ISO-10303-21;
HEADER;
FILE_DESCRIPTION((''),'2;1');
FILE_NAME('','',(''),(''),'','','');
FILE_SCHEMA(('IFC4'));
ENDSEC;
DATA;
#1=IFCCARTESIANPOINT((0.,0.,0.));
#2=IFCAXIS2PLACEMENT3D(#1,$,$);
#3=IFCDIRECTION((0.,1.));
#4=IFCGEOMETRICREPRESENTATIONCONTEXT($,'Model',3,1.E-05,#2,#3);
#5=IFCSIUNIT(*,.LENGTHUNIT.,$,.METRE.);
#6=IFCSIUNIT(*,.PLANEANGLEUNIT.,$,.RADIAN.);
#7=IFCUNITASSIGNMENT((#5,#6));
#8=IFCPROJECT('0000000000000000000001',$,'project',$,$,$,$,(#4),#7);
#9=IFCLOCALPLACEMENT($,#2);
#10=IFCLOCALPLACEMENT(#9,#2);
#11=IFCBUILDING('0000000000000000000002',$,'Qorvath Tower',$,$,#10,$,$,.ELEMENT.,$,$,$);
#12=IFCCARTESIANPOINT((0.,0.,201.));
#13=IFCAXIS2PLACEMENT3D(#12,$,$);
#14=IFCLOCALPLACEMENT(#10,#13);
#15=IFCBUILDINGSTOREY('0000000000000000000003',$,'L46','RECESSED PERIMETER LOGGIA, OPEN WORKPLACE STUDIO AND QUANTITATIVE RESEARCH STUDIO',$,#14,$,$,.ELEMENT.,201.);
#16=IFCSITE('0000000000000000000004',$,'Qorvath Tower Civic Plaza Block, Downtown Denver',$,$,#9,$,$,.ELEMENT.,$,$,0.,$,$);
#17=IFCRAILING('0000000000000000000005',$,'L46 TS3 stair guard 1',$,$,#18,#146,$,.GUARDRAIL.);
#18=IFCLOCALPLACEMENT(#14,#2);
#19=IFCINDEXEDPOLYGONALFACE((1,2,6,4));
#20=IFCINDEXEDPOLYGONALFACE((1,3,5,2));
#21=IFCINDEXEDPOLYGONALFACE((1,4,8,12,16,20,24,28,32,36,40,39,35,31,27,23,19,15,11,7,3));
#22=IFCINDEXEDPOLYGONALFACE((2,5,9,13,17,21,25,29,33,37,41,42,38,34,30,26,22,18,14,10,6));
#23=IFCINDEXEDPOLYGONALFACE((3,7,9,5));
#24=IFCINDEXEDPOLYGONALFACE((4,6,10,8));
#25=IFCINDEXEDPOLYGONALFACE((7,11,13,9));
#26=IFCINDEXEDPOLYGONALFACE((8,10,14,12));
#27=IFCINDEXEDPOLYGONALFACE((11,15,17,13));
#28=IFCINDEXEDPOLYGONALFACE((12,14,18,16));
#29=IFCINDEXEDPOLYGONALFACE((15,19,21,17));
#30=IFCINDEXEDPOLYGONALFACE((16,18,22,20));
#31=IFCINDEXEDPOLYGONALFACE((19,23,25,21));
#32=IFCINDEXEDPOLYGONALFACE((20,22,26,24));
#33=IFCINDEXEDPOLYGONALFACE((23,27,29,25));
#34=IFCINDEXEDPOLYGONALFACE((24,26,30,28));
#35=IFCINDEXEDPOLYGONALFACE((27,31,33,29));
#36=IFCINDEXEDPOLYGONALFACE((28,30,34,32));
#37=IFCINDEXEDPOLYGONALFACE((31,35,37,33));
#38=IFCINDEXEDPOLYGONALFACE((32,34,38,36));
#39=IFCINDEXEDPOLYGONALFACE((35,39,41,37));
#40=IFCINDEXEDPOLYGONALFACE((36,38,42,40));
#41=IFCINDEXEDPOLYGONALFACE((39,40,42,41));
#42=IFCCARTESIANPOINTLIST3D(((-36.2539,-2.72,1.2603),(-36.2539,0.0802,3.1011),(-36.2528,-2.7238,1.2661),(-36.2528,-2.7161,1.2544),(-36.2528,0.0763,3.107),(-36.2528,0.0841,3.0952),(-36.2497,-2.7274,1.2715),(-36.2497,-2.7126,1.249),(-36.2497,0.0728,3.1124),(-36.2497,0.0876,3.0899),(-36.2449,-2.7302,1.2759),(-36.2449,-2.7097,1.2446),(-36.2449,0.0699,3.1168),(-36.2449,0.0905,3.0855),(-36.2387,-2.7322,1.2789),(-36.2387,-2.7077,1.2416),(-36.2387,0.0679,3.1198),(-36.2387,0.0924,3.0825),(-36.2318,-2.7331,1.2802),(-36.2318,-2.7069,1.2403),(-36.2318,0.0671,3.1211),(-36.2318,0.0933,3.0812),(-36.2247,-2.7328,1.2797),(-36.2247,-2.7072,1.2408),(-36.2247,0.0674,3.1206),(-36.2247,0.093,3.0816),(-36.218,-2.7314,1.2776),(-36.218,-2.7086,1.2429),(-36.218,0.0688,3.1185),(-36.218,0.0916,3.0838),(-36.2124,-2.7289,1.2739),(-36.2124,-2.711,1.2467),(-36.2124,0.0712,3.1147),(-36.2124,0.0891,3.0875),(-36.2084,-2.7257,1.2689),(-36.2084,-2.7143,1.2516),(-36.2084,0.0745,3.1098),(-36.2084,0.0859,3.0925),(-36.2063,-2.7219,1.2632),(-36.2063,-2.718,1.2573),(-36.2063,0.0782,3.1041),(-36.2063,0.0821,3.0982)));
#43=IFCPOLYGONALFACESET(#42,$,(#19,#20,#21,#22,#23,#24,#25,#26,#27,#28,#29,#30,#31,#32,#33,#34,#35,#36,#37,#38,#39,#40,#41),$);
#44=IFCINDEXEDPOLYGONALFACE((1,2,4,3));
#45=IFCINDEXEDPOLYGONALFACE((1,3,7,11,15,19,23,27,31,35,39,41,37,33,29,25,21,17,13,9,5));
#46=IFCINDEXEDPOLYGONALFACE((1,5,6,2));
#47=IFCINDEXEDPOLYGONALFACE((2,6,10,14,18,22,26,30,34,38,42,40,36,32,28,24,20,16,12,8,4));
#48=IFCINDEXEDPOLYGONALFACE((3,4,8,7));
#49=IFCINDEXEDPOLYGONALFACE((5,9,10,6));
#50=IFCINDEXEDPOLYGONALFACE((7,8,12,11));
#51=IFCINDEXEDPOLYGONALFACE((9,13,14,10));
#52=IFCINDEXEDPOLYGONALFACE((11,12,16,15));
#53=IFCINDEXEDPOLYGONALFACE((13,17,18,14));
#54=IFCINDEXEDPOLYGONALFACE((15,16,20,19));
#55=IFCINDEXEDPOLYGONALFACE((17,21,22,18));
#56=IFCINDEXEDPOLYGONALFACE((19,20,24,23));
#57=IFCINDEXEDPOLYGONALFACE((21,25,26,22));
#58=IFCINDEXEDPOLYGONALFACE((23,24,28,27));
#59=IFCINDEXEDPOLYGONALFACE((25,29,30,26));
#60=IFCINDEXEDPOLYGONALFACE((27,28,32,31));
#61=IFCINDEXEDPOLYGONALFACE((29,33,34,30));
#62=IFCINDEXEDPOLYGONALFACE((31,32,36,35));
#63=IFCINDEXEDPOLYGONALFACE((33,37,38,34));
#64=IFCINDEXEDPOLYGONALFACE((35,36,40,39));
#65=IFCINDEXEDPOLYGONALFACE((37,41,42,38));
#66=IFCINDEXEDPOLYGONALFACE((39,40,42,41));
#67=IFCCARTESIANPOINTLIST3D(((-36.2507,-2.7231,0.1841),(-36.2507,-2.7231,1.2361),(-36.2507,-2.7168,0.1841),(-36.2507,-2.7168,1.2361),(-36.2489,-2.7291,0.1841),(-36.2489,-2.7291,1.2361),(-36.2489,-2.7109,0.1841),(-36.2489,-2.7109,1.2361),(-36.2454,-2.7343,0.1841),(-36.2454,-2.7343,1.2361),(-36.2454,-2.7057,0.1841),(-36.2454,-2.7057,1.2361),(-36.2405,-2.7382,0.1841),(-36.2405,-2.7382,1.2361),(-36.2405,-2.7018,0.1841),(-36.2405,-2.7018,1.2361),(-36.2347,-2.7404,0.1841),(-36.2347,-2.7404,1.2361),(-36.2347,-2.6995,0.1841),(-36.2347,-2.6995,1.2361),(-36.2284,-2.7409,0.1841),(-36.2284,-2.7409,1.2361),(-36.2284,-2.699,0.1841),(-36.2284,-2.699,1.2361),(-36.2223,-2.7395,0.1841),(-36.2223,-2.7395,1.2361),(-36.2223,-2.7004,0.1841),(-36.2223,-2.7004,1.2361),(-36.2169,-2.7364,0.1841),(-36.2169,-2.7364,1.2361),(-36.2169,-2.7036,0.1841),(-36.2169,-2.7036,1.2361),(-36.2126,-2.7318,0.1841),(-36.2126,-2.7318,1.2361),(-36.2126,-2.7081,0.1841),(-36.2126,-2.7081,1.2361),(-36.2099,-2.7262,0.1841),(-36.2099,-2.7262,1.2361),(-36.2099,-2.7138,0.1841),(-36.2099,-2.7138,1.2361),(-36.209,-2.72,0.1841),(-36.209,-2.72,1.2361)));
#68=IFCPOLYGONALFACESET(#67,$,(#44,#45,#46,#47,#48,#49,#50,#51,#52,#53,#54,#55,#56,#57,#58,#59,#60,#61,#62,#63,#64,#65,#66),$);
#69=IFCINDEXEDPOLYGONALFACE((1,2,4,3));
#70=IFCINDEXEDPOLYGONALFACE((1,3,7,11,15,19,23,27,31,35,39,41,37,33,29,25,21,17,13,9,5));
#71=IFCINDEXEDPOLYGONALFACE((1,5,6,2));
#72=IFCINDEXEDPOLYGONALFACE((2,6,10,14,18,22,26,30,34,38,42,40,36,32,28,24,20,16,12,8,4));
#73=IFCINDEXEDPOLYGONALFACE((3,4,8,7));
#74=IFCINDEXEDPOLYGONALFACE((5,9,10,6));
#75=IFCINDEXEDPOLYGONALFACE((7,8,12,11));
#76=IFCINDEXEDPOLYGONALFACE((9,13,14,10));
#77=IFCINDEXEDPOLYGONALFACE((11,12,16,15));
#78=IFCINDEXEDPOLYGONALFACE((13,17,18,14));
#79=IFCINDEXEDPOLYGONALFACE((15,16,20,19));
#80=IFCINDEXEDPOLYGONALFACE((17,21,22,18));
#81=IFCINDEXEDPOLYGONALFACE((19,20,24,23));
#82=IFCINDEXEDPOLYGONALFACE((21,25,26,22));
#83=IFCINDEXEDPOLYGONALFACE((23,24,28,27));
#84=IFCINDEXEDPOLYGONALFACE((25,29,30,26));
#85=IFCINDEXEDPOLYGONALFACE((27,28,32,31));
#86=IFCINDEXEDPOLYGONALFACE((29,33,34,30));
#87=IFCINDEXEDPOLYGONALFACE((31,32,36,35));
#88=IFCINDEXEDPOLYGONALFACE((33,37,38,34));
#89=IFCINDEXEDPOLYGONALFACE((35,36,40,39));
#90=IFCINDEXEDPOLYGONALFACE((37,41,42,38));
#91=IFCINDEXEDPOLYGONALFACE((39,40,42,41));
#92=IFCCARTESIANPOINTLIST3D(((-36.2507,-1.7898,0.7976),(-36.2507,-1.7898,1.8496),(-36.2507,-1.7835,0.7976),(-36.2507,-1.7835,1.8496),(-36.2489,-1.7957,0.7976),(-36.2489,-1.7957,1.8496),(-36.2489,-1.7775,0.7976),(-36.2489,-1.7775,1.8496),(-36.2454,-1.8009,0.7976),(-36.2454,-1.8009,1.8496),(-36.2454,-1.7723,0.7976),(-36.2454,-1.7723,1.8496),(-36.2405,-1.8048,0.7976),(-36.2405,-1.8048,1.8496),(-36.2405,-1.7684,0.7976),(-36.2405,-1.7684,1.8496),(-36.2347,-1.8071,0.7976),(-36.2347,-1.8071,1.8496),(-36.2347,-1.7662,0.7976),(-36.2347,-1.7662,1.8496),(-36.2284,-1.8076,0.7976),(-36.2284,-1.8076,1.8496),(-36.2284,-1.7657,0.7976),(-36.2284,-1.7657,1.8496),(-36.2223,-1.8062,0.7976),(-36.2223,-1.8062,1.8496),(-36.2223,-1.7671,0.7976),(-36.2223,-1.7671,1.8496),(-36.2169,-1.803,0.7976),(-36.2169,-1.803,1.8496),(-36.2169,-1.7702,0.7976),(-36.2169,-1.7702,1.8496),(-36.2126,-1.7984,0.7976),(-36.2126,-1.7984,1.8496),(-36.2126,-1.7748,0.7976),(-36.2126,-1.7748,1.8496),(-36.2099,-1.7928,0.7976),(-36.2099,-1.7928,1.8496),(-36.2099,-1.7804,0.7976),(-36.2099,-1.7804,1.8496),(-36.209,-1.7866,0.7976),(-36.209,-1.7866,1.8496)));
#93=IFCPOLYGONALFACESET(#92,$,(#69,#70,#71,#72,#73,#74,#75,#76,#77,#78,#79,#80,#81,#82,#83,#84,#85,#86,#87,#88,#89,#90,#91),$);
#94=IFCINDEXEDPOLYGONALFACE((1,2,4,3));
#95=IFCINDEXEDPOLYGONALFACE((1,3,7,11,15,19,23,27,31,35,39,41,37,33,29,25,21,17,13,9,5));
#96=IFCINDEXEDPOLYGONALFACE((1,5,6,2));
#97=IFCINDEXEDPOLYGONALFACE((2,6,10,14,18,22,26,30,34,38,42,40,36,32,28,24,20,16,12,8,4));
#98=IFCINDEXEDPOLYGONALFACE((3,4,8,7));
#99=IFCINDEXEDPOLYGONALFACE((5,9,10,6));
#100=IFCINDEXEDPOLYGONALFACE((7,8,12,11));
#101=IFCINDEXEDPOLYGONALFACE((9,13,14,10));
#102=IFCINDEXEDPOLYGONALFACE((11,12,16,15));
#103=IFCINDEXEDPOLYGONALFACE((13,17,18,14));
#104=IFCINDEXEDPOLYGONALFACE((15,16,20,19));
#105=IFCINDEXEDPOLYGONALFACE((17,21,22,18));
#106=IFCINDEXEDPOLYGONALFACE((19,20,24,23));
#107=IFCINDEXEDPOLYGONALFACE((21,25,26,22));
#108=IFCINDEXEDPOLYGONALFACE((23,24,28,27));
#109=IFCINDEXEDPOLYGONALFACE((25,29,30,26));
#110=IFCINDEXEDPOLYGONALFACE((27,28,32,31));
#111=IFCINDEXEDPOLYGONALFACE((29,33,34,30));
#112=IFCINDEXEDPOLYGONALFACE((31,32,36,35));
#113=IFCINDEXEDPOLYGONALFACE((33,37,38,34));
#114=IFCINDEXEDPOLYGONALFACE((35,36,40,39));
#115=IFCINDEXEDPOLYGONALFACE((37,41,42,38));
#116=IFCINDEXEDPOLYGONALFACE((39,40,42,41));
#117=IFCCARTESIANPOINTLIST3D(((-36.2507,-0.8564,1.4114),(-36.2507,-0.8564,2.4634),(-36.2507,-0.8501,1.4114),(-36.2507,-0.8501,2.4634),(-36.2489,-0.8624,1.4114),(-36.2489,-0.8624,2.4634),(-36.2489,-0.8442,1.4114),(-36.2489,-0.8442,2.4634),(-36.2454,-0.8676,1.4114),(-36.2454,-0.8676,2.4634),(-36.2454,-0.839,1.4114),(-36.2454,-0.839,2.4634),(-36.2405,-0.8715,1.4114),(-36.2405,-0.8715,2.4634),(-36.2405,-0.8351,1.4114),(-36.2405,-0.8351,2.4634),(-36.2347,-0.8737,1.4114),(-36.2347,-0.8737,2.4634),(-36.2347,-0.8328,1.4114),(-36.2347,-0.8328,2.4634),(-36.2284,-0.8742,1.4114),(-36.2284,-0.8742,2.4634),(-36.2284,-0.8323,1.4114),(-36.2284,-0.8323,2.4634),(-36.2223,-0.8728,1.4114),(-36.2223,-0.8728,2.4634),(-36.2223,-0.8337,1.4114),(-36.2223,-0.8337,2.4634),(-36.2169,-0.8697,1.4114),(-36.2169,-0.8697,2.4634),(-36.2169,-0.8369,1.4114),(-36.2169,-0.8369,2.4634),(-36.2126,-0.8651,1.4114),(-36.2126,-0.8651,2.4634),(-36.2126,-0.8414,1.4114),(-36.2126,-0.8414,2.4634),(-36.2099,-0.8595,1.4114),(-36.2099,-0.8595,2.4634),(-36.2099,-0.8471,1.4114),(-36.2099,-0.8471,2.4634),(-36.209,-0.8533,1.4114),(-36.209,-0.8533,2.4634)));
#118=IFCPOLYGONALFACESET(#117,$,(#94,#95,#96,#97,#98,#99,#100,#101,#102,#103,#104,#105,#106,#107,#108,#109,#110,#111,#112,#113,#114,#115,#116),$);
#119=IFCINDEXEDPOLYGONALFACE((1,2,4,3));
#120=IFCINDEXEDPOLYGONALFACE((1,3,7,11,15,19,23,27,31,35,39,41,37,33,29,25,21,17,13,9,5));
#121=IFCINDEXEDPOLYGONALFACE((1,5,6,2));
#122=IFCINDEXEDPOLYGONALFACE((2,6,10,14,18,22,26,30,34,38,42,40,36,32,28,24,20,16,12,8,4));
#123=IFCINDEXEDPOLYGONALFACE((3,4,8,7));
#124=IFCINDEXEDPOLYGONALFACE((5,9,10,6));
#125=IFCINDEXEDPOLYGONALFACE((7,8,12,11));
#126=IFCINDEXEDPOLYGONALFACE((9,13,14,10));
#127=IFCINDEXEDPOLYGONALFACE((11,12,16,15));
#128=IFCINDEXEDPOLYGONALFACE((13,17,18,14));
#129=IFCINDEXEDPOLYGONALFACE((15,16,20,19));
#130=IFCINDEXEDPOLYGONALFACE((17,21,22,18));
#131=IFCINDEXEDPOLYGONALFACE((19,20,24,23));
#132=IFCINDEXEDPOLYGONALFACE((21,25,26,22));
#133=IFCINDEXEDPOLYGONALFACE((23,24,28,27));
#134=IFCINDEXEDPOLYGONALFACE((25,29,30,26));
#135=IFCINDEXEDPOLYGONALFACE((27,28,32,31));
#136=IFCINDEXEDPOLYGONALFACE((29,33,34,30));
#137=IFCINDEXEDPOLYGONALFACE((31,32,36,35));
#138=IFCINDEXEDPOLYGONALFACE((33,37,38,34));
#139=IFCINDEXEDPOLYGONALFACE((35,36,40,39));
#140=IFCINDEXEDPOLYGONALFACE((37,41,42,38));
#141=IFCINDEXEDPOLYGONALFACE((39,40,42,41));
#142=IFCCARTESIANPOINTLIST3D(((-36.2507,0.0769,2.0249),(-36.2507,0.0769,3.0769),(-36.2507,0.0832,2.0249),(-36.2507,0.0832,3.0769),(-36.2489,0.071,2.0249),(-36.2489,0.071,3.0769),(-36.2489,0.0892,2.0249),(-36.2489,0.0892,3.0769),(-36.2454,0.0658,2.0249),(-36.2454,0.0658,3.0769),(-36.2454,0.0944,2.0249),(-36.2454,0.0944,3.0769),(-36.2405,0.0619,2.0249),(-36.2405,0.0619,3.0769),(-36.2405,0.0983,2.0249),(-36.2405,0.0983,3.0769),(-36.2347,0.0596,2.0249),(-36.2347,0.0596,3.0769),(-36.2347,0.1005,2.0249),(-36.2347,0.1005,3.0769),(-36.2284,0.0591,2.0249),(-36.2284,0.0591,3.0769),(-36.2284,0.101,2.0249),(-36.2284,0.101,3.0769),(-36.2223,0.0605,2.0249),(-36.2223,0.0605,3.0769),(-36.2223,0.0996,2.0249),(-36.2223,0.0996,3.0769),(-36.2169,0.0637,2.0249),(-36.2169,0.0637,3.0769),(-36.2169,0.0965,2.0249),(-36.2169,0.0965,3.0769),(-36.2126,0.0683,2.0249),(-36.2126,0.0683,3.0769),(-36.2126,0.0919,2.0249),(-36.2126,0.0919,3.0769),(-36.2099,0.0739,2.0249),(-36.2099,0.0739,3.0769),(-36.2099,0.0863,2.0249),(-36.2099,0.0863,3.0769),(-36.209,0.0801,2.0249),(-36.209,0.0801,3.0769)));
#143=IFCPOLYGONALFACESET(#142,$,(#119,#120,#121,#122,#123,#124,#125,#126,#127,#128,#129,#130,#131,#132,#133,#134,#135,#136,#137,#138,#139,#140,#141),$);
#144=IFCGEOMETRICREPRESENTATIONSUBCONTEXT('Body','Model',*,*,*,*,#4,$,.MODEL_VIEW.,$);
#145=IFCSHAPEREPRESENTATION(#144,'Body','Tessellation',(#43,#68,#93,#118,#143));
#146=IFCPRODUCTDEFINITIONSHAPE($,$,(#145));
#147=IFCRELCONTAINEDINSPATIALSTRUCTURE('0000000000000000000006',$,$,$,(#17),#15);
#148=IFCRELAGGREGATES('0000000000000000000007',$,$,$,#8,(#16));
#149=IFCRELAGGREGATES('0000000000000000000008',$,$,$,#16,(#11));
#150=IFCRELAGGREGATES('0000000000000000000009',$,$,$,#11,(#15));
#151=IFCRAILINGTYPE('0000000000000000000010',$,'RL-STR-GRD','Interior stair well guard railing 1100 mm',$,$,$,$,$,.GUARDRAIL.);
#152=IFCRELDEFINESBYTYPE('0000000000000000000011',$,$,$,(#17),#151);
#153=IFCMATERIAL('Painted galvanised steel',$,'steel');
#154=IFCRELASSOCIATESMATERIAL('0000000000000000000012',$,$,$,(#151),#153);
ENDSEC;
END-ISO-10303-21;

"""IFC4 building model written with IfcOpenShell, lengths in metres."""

from ifc_helpers import new_model, si_unit, direction, frame, origin, origin_2d, place, context, subcontext, project, spatial, circle, extrude, material, type_object, element, save


model = new_model("IFC4")

# Units and contexts
model_context = context("Model", 3, precision=1e-05, world=origin(), true_north=direction((0.0, 1.0)))
body_context = subcontext(model_context, "Body", "Model", "MODEL_VIEW")
ifc_project = project(units=[si_unit("LENGTHUNIT", "METRE"), si_unit("PLANEANGLEUNIT", "RADIAN")], contexts=[model_context])

# Site, building, storey
site_placement = place(None, origin())
site = spatial("IfcSite", under=ifc_project, at=site_placement, Name="Qorvath Tower Civic Plaza Block, Downtown Denver", CompositionType="ELEMENT", RefElevation=0.0)
building_placement = place(site_placement, origin())
building = spatial("IfcBuilding", under=site, at=building_placement, Name="Qorvath Tower", CompositionType="ELEMENT")
storey_placement = place(building_placement, frame((0.0, 0.0, 201.0)))
storey = spatial("IfcBuildingStorey", under=building, at=storey_placement, Name="L46", Description="RECESSED PERIMETER LOGGIA, OPEN WORKPLACE STUDIO AND QUANTITATIVE RESEARCH STUDIO", CompositionType="ELEMENT", Elevation=201.0)

# Railing
ifc_material_1 = material(Name="Painted galvanised steel", Category="steel")
railing_type_1 = type_object("IfcRailingType", Name="RL-STR-GRD", Description="Interior stair well guard railing 1100 mm", PredefinedType="GUARDRAIL", material=ifc_material_1)
railing_1_placement = place(storey_placement, frame((-36.23, -2.72, 0.1841)))
element("IfcRailing", 1, at=railing_1_placement, inside=storey, type_object=railing_type_1, Name="L46 TS3 stair guard 1", PredefinedType="GUARDRAIL", context=body_context, shape_type="SweptSolid", body=[
    extrude(circle(Radius=0.0239, at=origin_2d()), frame((0.0, 0.0, 1.0762), z_axis=(0.0, 0.835598, 0.549342), x_axis=(-1.0, 0.0, 0.0)), (0.0, 0.0, 1.0), 3.3511),
    extrude(circle(Radius=0.021, at=origin_2d()), origin(), (0.0, 0.0, 1.0), 1.052),
    extrude(circle(Radius=0.021, at=origin_2d()), frame((0.0, 0.9333, 0.6135)), (0.0, 0.0, 1.0), 1.052),
    extrude(circle(Radius=0.021, at=origin_2d()), frame((0.0, 1.8667, 1.2273)), (0.0, 0.0, 1.0), 1.052),
    extrude(circle(Radius=0.021, at=origin_2d()), frame((0.0, 2.8, 1.8408)), (0.0, 0.0, 1.0), 1.052),
])

save(model, "model.ifc")
